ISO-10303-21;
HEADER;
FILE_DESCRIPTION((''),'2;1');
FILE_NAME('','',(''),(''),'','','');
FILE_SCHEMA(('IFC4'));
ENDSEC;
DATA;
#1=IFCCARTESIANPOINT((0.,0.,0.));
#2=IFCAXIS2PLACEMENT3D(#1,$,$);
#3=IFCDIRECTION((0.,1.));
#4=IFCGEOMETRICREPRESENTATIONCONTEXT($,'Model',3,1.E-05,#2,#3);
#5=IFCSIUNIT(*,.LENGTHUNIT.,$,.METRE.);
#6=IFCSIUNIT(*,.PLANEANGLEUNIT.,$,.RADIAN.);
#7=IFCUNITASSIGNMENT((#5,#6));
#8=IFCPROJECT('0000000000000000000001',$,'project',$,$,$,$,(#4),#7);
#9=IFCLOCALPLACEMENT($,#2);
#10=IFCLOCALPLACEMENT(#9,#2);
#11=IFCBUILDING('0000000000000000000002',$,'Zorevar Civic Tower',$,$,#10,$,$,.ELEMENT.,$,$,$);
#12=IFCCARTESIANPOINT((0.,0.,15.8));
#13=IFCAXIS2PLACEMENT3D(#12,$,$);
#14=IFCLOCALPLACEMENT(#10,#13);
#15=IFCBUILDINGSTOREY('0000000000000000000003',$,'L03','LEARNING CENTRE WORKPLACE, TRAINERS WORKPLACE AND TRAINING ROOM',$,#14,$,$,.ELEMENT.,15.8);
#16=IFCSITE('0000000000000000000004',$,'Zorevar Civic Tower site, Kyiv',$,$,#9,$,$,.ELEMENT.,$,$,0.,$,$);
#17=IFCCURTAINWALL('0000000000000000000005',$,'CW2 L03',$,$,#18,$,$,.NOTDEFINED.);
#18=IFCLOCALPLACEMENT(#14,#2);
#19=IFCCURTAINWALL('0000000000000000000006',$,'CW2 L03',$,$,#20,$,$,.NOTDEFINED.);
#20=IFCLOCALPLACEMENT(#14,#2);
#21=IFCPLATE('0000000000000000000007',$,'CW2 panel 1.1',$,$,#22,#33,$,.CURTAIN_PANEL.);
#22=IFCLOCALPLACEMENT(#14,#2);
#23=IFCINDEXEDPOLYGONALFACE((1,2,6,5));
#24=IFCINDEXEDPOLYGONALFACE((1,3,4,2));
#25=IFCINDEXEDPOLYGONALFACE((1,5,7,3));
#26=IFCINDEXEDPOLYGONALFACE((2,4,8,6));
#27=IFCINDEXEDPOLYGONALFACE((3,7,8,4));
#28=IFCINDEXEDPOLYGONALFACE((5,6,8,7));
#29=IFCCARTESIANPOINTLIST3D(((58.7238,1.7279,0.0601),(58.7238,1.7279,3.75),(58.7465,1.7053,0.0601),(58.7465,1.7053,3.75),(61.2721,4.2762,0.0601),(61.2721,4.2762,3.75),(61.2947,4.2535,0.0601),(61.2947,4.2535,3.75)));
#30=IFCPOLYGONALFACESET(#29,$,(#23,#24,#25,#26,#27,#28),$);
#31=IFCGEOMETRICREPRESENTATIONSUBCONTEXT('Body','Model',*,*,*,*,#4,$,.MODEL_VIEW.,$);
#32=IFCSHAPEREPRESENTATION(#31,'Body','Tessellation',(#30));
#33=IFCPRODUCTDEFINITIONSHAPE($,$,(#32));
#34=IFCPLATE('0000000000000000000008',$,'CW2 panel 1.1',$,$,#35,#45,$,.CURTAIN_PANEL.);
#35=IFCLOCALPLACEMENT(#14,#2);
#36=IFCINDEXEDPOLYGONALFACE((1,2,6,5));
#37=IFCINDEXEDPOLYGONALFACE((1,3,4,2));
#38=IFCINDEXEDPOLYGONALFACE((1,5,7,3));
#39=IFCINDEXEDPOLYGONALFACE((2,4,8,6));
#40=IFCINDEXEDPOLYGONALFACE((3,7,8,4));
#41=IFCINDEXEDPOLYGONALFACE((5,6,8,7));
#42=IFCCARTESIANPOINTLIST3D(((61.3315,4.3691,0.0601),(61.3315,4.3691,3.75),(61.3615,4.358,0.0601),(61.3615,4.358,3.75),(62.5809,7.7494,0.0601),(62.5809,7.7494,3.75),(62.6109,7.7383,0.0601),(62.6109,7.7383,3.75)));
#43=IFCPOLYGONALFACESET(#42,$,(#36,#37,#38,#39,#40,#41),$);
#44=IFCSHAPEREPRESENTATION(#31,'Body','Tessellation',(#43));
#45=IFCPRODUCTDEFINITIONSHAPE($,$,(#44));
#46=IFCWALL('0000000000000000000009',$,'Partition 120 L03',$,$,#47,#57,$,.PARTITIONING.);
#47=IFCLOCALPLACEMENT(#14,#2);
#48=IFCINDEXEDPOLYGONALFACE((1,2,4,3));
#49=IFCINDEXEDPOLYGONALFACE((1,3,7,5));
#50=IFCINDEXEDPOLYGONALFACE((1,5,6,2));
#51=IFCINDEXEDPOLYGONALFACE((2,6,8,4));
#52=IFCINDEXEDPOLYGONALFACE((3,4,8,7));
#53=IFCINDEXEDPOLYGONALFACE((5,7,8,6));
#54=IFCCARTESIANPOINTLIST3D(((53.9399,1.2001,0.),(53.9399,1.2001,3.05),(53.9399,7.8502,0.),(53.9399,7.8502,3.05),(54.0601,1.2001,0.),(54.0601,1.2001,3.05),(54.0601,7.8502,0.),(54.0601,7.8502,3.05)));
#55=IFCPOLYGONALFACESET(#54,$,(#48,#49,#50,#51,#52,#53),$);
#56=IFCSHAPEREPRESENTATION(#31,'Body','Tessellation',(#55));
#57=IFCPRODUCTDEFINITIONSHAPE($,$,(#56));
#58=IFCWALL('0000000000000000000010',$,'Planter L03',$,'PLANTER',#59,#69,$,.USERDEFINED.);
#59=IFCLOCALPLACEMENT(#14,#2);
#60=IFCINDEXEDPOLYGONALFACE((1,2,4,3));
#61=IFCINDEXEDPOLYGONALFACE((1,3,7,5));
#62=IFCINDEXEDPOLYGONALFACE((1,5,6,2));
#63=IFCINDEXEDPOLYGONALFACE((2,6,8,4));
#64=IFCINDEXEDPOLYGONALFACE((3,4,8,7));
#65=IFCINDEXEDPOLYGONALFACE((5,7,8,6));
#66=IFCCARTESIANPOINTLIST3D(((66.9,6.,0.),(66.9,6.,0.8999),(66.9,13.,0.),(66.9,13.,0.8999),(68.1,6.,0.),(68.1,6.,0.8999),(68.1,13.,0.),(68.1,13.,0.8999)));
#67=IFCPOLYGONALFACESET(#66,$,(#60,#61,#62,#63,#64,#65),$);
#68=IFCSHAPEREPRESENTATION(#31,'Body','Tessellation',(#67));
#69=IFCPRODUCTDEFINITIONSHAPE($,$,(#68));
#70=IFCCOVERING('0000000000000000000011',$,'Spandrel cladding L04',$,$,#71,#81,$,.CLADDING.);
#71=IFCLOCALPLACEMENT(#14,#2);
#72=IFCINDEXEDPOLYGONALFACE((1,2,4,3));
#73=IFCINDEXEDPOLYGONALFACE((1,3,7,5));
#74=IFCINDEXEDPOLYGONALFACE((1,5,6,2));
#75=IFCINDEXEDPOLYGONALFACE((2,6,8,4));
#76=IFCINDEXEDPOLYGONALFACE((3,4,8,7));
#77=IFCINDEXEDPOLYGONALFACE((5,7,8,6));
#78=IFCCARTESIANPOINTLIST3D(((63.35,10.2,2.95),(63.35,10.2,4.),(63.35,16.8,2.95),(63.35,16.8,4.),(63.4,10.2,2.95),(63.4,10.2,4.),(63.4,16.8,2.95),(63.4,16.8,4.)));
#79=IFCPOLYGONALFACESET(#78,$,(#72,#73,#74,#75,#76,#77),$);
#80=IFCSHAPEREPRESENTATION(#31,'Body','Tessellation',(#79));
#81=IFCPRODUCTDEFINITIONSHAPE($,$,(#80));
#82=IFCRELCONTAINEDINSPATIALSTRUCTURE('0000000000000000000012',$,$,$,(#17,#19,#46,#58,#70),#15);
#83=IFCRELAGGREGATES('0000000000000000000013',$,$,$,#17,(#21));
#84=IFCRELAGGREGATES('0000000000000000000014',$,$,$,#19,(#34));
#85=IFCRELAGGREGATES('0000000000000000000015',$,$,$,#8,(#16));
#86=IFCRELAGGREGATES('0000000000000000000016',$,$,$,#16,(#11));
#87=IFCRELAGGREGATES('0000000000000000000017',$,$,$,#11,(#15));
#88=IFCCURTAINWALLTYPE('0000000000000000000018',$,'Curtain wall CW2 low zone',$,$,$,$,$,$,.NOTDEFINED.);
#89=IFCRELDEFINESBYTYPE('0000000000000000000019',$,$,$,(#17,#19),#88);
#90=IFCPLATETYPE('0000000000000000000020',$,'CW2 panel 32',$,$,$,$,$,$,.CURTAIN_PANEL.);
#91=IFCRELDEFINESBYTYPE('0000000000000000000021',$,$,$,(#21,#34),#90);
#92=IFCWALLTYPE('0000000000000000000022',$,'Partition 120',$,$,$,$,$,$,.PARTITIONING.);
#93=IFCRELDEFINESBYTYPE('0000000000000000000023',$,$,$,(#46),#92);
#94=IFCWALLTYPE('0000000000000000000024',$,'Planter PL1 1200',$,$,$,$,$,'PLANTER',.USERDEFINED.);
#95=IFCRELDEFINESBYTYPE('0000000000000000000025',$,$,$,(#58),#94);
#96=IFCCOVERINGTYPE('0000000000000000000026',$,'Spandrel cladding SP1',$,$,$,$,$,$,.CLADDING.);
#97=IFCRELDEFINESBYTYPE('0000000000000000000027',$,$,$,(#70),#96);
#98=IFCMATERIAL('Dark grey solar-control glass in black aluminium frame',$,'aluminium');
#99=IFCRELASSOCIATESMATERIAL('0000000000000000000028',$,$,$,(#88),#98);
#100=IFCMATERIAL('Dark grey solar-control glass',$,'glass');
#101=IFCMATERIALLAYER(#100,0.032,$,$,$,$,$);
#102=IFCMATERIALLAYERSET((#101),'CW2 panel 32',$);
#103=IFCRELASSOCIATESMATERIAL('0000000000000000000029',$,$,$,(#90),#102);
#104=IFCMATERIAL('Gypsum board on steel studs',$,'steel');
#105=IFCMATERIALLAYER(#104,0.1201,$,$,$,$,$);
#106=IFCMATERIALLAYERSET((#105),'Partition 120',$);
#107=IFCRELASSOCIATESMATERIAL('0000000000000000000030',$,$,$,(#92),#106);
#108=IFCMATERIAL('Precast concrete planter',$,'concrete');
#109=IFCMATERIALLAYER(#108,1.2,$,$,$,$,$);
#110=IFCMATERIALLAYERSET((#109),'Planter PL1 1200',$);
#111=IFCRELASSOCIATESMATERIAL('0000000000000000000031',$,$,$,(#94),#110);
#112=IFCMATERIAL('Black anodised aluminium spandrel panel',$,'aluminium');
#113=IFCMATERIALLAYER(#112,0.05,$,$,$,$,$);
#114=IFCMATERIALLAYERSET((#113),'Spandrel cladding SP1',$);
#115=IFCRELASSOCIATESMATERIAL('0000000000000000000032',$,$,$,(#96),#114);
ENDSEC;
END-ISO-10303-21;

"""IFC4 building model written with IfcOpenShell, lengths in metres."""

from ifc_helpers import new_model, si_unit, direction, frame, frame_2d, origin, origin_2d, place, context, subcontext, project, spatial, rectangle, extrude, material, layer, layer_set, type_object, element, aggregate, save


model = new_model("IFC4")

# Units and contexts
model_context = context("Model", 3, precision=1e-05, world=origin(), true_north=direction((0.0, 1.0)))
body_context = subcontext(model_context, "Body", "Model", "MODEL_VIEW")
ifc_project = project(units=[si_unit("LENGTHUNIT", "METRE"), si_unit("PLANEANGLEUNIT", "RADIAN")], contexts=[model_context])

# Site, building, storey
site_placement = place(None, origin())
site = spatial("IfcSite", under=ifc_project, at=site_placement, Name="Zorevar Civic Tower site, Kyiv", CompositionType="ELEMENT", RefElevation=0.0)
building_placement = place(site_placement, origin())
building = spatial("IfcBuilding", under=site, at=building_placement, Name="Zorevar Civic Tower", CompositionType="ELEMENT")
storey_placement = place(building_placement, frame((0.0, 0.0, 15.8)))
storey = spatial("IfcBuildingStorey", under=building, at=storey_placement, Name="L03", Description="LEARNING CENTRE WORKPLACE, TRAINERS WORKPLACE AND TRAINING ROOM", CompositionType="ELEMENT", Elevation=15.8)

# Shared definitions
ifc_material_1 = material(Name="Dark grey solar-control glass in black aluminium frame", Category="aluminium")
curtain_wall_type = type_object("IfcCurtainWallType", Name="Curtain wall CW2 low zone", PredefinedType="NOTDEFINED", material=ifc_material_1)

# Curtain walls
curtain_wall_1_placement = place(storey_placement, origin())
curtain_wall_1 = element("IfcCurtainWall", 1, at=curtain_wall_1_placement, inside=storey, type_object=curtain_wall_type, Name="CW2 L03", PredefinedType="NOTDEFINED")
curtain_wall_2_placement = place(storey_placement, origin())
curtain_wall_2 = element("IfcCurtainWall", 2, at=curtain_wall_2_placement, inside=storey, type_object=curtain_wall_type, Name="CW2 L03", PredefinedType="NOTDEFINED")

# Plates
ifc_material_2 = material(Name="Dark grey solar-control glass", Category="glass")
ifc_layer_1 = layer(ifc_material_2, 0.032)
ifc_layer_set_1 = layer_set([ifc_layer_1], Name="CW2 panel 32")
plate_type = type_object("IfcPlateType", Name="CW2 panel 32", PredefinedType="CURTAIN_PANEL", material=ifc_layer_set_1)
plate_1_placement = place(storey_placement, frame((60.0093, 2.9907, 0.0601), z_axis=(0.0, 0.0, 1.0), x_axis=(0.707107, 0.707107, 0.0)))
plate_1 = element("IfcPlate", 3, at=plate_1_placement, type_object=plate_type, Name="CW2 panel 1.1", PredefinedType="CURTAIN_PANEL", context=body_context, shape_type="SweptSolid", body=[
    extrude(rectangle(XDim=3.6038, YDim=0.032, at=origin_2d()), origin(), (0.0, 0.0, 1.0), 3.6899),
])
aggregate(curtain_wall_1, [plate_1])
plate_2_placement = place(storey_placement, frame((61.9712, 6.0537, 0.0601), z_axis=(0.0, 0.0, 1.0), x_axis=(0.346704, 0.937975, 0.0)))
plate_2 = element("IfcPlate", 4, at=plate_2_placement, type_object=plate_type, Name="CW2 panel 1.1", PredefinedType="CURTAIN_PANEL", context=body_context, shape_type="SweptSolid", body=[
    extrude(rectangle(XDim=3.6038, YDim=0.032, at=origin_2d()), origin(), (0.0, 0.0, 1.0), 3.6899),
])
aggregate(curtain_wall_2, [plate_2])

# Walls
ifc_material_3 = material(Name="Gypsum board on steel studs", Category="steel")
ifc_layer_2 = layer(ifc_material_3, 0.1201)
ifc_layer_set_2 = layer_set([ifc_layer_2], Name="Partition 120")
wall_type_1 = type_object("IfcWallType", Name="Partition 120", PredefinedType="PARTITIONING", material=ifc_layer_set_2)
wall_1_placement = place(storey_placement, frame((54.0, 1.2, 0.0), z_axis=(0.0, 0.0, 1.0), x_axis=(0.0, 1.0, 0.0)))
element("IfcWall", 5, at=wall_1_placement, inside=storey, type_object=wall_type_1, Name="Partition 120 L03", PredefinedType="PARTITIONING", context=body_context, shape_type="SweptSolid", body=[
    extrude(rectangle(XDim=6.6501, YDim=0.1201, at=frame_2d((3.3252, 0.0))), origin(), (0.0, 0.0, 1.0), 3.05),
])
ifc_material_4 = material(Name="Precast concrete planter", Category="concrete")
ifc_layer_3 = layer(ifc_material_4, 1.2)
ifc_layer_set_3 = layer_set([ifc_layer_3], Name="Planter PL1 1200")
wall_type_2 = type_object("IfcWallType", Name="Planter PL1 1200", ElementType="PLANTER", PredefinedType="USERDEFINED", material=ifc_layer_set_3)
wall_2_placement = place(storey_placement, frame((67.5, 6.0, 0.0), z_axis=(0.0, 0.0, 1.0), x_axis=(0.0, 1.0, 0.0)))
element("IfcWall", 6, at=wall_2_placement, inside=storey, type_object=wall_type_2, Name="Planter L03", ObjectType="PLANTER", PredefinedType="USERDEFINED", context=body_context, shape_type="SweptSolid", body=[
    extrude(rectangle(XDim=7.0, YDim=1.2, at=frame_2d((3.5, 0.0))), origin(), (0.0, 0.0, 1.0), 0.8999),
])

# Covering
ifc_material_5 = material(Name="Black anodised aluminium spandrel panel", Category="aluminium")
ifc_layer_4 = layer(ifc_material_5, 0.05)
ifc_layer_set_4 = layer_set([ifc_layer_4], Name="Spandrel cladding SP1")
covering_type = type_object("IfcCoveringType", Name="Spandrel cladding SP1", PredefinedType="CLADDING", material=ifc_layer_set_4)
covering_placement = place(storey_placement, frame((63.375, 10.2, 2.95), z_axis=(0.0, 0.0, 1.0), x_axis=(0.0, 1.0, 0.0)))
element("IfcCovering", 7, at=covering_placement, inside=storey, type_object=covering_type, Name="Spandrel cladding L04", PredefinedType="CLADDING", context=body_context, shape_type="SweptSolid", body=[
    extrude(rectangle(XDim=6.6001, YDim=0.05, at=frame_2d((3.3, 0.0))), origin(), (0.0, 0.0, 1.0), 1.05),
])

save(model, "model.ifc")
